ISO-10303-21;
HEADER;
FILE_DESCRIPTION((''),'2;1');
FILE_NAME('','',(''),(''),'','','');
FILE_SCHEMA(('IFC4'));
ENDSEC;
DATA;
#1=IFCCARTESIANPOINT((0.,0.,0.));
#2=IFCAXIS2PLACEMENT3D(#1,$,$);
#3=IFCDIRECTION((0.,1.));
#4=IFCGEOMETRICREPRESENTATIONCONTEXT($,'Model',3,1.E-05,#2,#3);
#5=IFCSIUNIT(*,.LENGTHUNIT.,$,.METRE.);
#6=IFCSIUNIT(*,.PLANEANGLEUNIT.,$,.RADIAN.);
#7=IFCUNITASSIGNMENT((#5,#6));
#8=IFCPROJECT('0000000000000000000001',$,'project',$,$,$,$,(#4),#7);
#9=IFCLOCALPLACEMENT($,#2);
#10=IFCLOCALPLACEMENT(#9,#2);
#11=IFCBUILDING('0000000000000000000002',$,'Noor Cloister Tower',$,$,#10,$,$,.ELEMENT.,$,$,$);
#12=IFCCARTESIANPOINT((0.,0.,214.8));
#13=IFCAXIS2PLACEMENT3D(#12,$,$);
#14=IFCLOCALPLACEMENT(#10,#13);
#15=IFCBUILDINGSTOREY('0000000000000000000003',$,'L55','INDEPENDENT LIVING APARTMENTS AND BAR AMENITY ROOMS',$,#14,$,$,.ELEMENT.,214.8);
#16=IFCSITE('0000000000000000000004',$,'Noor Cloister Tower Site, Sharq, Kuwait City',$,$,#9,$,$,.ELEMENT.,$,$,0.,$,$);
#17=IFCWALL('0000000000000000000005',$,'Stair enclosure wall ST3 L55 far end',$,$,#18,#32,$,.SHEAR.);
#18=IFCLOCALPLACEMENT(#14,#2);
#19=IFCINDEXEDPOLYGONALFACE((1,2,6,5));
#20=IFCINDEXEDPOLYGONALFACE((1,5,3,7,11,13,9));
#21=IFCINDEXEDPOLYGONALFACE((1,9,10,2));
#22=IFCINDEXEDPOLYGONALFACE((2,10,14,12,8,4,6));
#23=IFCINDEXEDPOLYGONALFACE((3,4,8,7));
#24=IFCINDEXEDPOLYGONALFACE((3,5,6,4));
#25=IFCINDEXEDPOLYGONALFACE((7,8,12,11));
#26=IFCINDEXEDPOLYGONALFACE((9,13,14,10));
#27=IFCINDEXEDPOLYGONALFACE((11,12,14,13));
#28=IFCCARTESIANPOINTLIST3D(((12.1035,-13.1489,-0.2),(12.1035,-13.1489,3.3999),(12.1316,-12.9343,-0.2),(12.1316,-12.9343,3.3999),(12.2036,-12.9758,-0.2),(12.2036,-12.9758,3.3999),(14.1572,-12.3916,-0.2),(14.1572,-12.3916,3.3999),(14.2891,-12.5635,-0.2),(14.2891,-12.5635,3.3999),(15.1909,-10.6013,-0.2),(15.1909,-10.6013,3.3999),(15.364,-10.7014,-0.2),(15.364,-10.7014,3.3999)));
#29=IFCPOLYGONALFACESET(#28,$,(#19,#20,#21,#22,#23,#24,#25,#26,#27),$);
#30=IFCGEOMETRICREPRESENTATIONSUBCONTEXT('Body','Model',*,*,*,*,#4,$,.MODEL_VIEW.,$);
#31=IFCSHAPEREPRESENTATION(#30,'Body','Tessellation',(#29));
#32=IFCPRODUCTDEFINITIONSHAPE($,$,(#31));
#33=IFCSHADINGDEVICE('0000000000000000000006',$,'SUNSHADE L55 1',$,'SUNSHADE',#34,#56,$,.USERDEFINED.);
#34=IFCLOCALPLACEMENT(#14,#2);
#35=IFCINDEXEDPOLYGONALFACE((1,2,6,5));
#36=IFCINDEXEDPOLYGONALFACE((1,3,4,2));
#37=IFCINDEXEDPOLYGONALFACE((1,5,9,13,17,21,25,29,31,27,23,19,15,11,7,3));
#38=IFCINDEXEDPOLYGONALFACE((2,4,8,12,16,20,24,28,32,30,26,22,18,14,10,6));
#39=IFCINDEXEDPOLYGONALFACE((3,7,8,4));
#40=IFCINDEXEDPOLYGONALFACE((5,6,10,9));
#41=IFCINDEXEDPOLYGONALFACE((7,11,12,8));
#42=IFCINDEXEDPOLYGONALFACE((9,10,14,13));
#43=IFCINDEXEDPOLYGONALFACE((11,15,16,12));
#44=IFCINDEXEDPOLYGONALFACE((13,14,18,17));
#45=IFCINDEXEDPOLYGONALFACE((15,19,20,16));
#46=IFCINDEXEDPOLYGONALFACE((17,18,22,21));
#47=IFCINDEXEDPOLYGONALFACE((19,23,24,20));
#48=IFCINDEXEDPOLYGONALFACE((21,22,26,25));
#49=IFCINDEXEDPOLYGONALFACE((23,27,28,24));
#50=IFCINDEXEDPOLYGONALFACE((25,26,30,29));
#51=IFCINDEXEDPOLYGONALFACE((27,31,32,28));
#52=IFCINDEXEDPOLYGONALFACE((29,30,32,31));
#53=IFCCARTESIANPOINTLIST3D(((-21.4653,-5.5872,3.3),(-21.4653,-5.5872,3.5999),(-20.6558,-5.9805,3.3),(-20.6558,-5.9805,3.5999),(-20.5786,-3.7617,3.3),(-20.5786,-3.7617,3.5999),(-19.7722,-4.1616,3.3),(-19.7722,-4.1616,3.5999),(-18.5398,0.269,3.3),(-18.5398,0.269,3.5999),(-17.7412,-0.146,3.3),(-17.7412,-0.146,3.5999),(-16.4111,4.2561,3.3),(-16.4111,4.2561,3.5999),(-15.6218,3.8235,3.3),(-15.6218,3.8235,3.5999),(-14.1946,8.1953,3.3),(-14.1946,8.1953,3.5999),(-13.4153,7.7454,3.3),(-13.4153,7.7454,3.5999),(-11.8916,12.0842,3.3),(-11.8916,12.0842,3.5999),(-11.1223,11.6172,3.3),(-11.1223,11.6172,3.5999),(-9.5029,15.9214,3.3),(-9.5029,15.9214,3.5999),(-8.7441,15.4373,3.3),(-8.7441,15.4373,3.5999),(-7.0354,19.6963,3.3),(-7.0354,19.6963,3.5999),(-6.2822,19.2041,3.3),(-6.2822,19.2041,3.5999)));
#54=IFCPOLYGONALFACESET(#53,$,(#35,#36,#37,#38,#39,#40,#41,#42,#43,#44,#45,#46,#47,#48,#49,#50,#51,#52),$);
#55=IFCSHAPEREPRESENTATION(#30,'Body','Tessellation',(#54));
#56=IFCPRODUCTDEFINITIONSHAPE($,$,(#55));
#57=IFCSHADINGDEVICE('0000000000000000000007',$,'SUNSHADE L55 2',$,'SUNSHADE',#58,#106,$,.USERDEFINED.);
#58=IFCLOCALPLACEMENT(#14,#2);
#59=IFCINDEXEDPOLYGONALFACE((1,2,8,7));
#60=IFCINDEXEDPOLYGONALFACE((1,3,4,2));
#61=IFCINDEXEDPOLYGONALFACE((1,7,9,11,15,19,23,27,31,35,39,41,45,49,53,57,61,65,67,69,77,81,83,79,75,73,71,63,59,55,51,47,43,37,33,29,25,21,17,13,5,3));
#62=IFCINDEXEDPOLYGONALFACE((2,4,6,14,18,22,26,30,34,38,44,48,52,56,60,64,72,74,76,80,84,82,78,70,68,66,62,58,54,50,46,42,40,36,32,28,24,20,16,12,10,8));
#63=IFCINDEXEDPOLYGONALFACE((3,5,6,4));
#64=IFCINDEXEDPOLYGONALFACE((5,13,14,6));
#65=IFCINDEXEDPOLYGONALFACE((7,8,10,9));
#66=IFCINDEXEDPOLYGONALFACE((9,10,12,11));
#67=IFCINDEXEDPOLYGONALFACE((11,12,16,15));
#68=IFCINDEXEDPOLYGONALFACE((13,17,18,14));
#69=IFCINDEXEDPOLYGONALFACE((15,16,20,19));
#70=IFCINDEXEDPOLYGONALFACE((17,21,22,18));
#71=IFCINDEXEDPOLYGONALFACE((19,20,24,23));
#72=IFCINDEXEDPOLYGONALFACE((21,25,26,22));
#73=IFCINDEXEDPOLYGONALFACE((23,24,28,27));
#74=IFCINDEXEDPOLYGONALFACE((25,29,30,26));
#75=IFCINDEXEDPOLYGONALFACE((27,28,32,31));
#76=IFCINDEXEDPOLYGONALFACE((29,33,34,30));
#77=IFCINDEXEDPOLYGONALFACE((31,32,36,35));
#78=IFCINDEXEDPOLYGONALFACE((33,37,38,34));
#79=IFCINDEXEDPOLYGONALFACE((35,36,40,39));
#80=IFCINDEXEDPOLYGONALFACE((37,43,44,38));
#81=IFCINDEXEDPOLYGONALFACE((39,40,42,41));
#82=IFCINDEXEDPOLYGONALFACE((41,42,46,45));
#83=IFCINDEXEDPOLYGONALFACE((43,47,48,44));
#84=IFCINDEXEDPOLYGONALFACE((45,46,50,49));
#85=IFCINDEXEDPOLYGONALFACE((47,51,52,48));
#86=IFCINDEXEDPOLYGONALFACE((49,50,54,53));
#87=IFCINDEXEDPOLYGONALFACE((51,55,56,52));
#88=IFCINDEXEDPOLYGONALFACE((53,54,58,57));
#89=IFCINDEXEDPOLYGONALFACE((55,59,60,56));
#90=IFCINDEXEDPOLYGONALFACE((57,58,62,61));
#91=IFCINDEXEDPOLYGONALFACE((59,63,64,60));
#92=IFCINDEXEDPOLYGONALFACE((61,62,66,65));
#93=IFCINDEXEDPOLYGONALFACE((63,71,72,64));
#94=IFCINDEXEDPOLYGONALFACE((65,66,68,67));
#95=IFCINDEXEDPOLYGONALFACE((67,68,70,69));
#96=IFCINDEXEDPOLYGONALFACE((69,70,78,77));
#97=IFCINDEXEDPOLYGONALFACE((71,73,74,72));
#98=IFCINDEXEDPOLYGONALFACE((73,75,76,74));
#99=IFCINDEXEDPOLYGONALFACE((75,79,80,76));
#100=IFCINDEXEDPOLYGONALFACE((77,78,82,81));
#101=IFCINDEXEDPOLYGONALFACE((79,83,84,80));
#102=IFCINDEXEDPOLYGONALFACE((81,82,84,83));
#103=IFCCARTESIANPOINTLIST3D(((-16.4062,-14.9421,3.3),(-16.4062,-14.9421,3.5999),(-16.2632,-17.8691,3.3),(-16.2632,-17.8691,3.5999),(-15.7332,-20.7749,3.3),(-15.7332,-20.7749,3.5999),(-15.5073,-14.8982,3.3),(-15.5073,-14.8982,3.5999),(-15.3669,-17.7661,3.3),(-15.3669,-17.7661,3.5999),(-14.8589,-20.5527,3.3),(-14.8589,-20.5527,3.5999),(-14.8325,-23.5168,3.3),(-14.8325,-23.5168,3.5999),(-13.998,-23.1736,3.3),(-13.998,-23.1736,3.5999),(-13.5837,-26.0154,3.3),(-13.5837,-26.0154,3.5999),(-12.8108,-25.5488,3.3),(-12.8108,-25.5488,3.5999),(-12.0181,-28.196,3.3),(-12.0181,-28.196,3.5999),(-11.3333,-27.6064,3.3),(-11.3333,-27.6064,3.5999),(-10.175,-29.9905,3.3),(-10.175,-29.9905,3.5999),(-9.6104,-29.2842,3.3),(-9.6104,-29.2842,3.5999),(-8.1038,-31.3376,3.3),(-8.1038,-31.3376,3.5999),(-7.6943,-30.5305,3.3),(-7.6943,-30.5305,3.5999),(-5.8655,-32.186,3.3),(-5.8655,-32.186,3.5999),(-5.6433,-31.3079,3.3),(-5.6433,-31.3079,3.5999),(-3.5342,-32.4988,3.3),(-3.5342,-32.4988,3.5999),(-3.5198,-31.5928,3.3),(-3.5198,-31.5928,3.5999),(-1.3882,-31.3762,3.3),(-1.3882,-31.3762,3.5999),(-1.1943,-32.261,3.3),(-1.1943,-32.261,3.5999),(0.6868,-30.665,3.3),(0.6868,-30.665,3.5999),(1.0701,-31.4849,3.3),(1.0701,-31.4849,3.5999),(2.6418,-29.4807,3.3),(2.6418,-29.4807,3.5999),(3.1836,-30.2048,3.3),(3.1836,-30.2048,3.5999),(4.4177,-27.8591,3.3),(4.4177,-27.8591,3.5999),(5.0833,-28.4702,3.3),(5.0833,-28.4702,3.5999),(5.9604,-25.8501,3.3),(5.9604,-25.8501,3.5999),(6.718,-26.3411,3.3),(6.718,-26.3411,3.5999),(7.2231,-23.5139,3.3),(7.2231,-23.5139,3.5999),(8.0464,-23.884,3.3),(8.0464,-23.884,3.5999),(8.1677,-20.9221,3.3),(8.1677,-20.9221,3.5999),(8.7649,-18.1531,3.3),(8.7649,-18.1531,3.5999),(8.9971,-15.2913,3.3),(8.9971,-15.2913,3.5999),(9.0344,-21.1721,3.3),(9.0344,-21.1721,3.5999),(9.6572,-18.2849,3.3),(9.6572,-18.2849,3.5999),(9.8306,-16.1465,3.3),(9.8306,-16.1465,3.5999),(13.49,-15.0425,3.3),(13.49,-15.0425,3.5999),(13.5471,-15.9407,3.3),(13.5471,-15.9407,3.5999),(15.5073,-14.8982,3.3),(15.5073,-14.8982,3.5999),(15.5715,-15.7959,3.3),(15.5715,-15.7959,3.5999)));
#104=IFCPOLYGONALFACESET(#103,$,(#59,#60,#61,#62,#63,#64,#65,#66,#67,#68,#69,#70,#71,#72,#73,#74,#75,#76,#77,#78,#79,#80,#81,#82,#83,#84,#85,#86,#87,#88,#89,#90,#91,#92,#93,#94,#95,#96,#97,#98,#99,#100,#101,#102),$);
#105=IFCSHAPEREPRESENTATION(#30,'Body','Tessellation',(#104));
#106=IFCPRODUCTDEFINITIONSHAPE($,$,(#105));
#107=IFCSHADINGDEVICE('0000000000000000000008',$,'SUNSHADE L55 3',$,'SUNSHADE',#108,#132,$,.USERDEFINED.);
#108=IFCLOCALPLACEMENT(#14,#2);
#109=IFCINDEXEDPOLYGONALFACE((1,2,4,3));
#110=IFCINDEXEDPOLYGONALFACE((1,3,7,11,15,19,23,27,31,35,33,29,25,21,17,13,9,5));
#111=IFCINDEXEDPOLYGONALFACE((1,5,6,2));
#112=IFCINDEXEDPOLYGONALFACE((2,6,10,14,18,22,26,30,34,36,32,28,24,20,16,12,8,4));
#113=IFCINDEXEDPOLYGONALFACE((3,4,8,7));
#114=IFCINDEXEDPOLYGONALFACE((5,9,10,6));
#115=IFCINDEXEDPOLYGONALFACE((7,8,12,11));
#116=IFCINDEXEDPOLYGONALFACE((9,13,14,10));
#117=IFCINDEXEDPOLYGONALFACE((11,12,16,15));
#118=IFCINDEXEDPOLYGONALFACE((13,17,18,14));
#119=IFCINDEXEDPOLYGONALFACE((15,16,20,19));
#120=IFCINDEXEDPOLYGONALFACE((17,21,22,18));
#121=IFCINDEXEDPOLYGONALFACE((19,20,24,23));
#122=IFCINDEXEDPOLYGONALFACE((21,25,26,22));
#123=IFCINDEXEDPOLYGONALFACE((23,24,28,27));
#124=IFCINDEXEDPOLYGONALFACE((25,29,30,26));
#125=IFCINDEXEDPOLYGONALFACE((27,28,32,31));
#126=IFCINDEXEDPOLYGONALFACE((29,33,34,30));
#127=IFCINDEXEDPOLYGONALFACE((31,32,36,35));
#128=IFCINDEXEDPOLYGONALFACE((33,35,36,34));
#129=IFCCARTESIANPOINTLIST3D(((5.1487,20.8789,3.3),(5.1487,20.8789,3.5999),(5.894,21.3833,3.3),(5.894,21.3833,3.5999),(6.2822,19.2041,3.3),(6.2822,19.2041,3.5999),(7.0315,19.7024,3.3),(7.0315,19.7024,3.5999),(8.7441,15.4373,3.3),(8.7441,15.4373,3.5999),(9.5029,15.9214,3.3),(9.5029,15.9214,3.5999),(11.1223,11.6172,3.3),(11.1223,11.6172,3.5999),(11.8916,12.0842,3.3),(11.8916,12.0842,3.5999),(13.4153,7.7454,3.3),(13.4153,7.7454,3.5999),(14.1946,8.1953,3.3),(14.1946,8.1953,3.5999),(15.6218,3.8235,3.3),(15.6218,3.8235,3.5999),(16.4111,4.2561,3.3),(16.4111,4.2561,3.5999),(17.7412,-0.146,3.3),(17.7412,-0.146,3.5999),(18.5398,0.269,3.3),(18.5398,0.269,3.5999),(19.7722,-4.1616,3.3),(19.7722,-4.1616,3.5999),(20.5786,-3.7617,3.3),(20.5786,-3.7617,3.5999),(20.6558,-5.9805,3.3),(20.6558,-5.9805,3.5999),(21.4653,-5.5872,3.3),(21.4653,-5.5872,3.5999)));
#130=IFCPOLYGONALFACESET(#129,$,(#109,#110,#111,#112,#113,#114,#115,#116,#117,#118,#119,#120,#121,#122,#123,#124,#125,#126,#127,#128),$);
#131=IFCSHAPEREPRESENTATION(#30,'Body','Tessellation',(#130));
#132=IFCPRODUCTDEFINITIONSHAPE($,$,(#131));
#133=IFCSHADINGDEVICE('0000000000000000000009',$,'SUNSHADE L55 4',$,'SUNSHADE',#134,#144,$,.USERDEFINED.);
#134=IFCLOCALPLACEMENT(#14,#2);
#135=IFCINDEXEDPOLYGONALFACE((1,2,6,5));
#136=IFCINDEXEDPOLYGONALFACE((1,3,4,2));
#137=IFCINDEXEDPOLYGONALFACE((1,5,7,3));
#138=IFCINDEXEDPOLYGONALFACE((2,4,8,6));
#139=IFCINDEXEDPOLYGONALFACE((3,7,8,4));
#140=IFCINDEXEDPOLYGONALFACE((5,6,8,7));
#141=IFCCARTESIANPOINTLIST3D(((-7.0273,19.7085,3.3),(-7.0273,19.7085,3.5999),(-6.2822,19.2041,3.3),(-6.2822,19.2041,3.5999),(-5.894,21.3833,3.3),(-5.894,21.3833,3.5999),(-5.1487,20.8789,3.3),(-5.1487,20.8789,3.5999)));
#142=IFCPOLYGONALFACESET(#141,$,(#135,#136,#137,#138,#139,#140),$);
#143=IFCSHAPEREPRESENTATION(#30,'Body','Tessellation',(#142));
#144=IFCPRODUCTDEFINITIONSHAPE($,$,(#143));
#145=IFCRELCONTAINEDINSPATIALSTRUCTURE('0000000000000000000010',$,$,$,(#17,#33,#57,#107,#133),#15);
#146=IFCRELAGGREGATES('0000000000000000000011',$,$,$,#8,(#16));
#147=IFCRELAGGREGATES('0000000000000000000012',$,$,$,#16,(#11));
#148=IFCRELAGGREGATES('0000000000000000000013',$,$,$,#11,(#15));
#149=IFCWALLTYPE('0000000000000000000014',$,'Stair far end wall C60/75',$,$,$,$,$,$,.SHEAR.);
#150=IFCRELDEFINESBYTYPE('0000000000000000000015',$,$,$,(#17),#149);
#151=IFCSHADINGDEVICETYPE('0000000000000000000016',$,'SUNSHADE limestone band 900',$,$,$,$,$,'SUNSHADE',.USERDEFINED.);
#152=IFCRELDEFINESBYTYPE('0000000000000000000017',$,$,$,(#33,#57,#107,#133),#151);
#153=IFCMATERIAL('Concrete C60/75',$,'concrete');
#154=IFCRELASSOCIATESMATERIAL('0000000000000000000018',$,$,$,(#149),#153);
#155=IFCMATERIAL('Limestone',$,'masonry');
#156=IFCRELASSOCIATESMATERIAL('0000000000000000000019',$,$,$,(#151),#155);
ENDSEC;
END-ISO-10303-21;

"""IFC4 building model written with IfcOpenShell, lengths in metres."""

from ifc_helpers import new_model, si_unit, direction, frame, origin, place, context, subcontext, project, spatial, polyline, outline, extrude, material, type_object, element, save


model = new_model("IFC4")

# Units and contexts
model_context = context("Model", 3, precision=1e-05, world=origin(), true_north=direction((0.0, 1.0)))
body_context = subcontext(model_context, "Body", "Model", "MODEL_VIEW")
ifc_project = project(units=[si_unit("LENGTHUNIT", "METRE"), si_unit("PLANEANGLEUNIT", "RADIAN")], contexts=[model_context])

# Site, building, storey
site_placement = place(None, origin())
site = spatial("IfcSite", under=ifc_project, at=site_placement, Name="Noor Cloister Tower Site, Sharq, Kuwait City", CompositionType="ELEMENT", RefElevation=0.0)
building_placement = place(site_placement, origin())
building = spatial("IfcBuilding", under=site, at=building_placement, Name="Noor Cloister Tower", CompositionType="ELEMENT")
storey_placement = place(building_placement, frame((0.0, 0.0, 214.8)))
storey = spatial("IfcBuildingStorey", under=building, at=storey_placement, Name="L55", Description="INDEPENDENT LIVING APARTMENTS AND BAR AMENITY ROOMS", CompositionType="ELEMENT", Elevation=214.8)

# Wall
ifc_material_1 = material(Name="Concrete C60/75", Category="concrete")
wall_type_1 = type_object("IfcWallType", Name="Stair far end wall C60/75", PredefinedType="SHEAR", material=ifc_material_1)
wall_1_placement = place(storey_placement, frame((0.0, 0.0, -0.2)))
element("IfcWall", 1, at=wall_1_placement, inside=storey, type_object=wall_type_1, Name="Stair enclosure wall ST3 L55 far end", PredefinedType="SHEAR", context=body_context, shape_type="SweptSolid", body=[
    extrude(outline(polyline([(12.1035, -13.1489), (14.2891, -12.5635), (15.364, -10.7014), (15.1909, -10.6013), (14.1572, -12.3916), (12.1316, -12.9343), (12.2036, -12.9758), (12.2036, -12.9758), (12.2036, -12.9758), (12.2036, -12.9758), (12.2036, -12.9758), (12.2036, -12.9758), (12.2036, -12.9758), (12.2036, -12.9758), (12.2036, -12.9758), (12.2036, -12.9758), (12.2036, -12.9758), (12.2036, -12.9758), (12.2036, -12.9758), (12.2036, -12.9758), (12.2036, -12.9758), (12.2036, -12.9758), (12.2036, -12.9758), (12.1035, -13.1489)])), origin(), (0.0, 0.0, 1.0), 3.5999),
])

# Shading devices
ifc_material_2 = material(Name="Limestone", Category="masonry")
shading_device_type = type_object("IfcShadingDeviceType", Name="SUNSHADE limestone band 900", ElementType="SUNSHADE", PredefinedType="USERDEFINED", material=ifc_material_2)
shading_device_1_placement = place(storey_placement, frame((0.0, 0.0, 3.3)))
element("IfcShadingDevice", 2, at=shading_device_1_placement, inside=storey, type_object=shading_device_type, Name="SUNSHADE L55 1", ObjectType="SUNSHADE", PredefinedType="USERDEFINED", context=body_context, shape_type="SweptSolid", body=[
    extrude(outline(polyline([(-7.0354, 19.6963), (-9.5029, 15.9214), (-11.8916, 12.0842), (-14.1946, 8.1953), (-16.4111, 4.2561), (-18.5398, 0.269), (-20.5786, -3.7617), (-21.4653, -5.5872), (-20.6558, -5.9805), (-19.7722, -4.1616), (-17.7412, -0.146), (-15.6218, 3.8235), (-13.4153, 7.7454), (-11.1223, 11.6172), (-8.7441, 15.4373), (-6.2822, 19.2041), (-7.0354, 19.6963)])), origin(), (0.0, 0.0, 1.0), 0.2998),
])
shading_device_2_placement = place(storey_placement, frame((0.0, 0.0, 3.3)))
element("IfcShadingDevice", 3, at=shading_device_2_placement, inside=storey, type_object=shading_device_type, Name="SUNSHADE L55 2", ObjectType="SUNSHADE", PredefinedType="USERDEFINED", context=body_context, shape_type="SweptSolid", body=[
    extrude(outline(polyline([(-16.4062, -14.9421), (-16.2632, -17.8691), (-15.7332, -20.7749), (-14.8325, -23.5168), (-13.5837, -26.0154), (-12.0181, -28.196), (-10.175, -29.9905), (-8.1038, -31.3376), (-5.8655, -32.186), (-3.5342, -32.4988), (-1.1943, -32.261), (1.0701, -31.4849), (3.1836, -30.2048), (5.0833, -28.4702), (6.718, -26.3411), (8.0464, -23.884), (9.0344, -21.1721), (9.6572, -18.2849), (9.8306, -16.1465), (13.5471, -15.9407), (15.5715, -15.7959), (15.5073, -14.8982), (13.49, -15.0425), (8.9971, -15.2913), (8.7649, -18.1531), (8.1677, -20.9221), (7.2231, -23.5139), (5.9604, -25.8501), (4.4177, -27.8591), (2.6418, -29.4807), (0.6868, -30.665), (-1.3882, -31.3762), (-3.5198, -31.5928), (-5.6433, -31.3079), (-7.6943, -30.5305), (-9.6104, -29.2842), (-11.3333, -27.6064), (-12.8108, -25.5488), (-13.998, -23.1736), (-14.8589, -20.5527), (-15.3669, -17.7661), (-15.5073, -14.8982), (-16.4062, -14.9421)])), origin(), (0.0, 0.0, 1.0), 0.2998),
])
shading_device_3_placement = place(storey_placement, frame((0.0, 0.0, 3.3)))
element("IfcShadingDevice", 4, at=shading_device_3_placement, inside=storey, type_object=shading_device_type, Name="SUNSHADE L55 3", ObjectType="SUNSHADE", PredefinedType="USERDEFINED", context=body_context, shape_type="SweptSolid", body=[
    extrude(outline(polyline([(21.4653, -5.5872), (20.5786, -3.7617), (18.5398, 0.269), (16.4111, 4.2561), (14.1946, 8.1953), (11.8916, 12.0842), (9.5029, 15.9214), (7.0315, 19.7024), (5.894, 21.3833), (5.1487, 20.8789), (6.2822, 19.2041), (8.7441, 15.4373), (11.1223, 11.6172), (13.4153, 7.7454), (15.6218, 3.8235), (17.7412, -0.146), (19.7722, -4.1616), (20.6558, -5.9805), (21.4653, -5.5872)])), origin(), (0.0, 0.0, 1.0), 0.2998),
])
shading_device_4_placement = place(storey_placement, frame((0.0, 0.0, 3.3)))
element("IfcShadingDevice", 5, at=shading_device_4_placement, inside=storey, type_object=shading_device_type, Name="SUNSHADE L55 4", ObjectType="SUNSHADE", PredefinedType="USERDEFINED", context=body_context, shape_type="SweptSolid", body=[
    extrude(outline(polyline([(-5.894, 21.3833), (-7.0273, 19.7085), (-6.2822, 19.2041), (-5.1487, 20.8789), (-5.894, 21.3833)])), origin(), (0.0, 0.0, 1.0), 0.2998),
])

save(model, "model.ifc")
